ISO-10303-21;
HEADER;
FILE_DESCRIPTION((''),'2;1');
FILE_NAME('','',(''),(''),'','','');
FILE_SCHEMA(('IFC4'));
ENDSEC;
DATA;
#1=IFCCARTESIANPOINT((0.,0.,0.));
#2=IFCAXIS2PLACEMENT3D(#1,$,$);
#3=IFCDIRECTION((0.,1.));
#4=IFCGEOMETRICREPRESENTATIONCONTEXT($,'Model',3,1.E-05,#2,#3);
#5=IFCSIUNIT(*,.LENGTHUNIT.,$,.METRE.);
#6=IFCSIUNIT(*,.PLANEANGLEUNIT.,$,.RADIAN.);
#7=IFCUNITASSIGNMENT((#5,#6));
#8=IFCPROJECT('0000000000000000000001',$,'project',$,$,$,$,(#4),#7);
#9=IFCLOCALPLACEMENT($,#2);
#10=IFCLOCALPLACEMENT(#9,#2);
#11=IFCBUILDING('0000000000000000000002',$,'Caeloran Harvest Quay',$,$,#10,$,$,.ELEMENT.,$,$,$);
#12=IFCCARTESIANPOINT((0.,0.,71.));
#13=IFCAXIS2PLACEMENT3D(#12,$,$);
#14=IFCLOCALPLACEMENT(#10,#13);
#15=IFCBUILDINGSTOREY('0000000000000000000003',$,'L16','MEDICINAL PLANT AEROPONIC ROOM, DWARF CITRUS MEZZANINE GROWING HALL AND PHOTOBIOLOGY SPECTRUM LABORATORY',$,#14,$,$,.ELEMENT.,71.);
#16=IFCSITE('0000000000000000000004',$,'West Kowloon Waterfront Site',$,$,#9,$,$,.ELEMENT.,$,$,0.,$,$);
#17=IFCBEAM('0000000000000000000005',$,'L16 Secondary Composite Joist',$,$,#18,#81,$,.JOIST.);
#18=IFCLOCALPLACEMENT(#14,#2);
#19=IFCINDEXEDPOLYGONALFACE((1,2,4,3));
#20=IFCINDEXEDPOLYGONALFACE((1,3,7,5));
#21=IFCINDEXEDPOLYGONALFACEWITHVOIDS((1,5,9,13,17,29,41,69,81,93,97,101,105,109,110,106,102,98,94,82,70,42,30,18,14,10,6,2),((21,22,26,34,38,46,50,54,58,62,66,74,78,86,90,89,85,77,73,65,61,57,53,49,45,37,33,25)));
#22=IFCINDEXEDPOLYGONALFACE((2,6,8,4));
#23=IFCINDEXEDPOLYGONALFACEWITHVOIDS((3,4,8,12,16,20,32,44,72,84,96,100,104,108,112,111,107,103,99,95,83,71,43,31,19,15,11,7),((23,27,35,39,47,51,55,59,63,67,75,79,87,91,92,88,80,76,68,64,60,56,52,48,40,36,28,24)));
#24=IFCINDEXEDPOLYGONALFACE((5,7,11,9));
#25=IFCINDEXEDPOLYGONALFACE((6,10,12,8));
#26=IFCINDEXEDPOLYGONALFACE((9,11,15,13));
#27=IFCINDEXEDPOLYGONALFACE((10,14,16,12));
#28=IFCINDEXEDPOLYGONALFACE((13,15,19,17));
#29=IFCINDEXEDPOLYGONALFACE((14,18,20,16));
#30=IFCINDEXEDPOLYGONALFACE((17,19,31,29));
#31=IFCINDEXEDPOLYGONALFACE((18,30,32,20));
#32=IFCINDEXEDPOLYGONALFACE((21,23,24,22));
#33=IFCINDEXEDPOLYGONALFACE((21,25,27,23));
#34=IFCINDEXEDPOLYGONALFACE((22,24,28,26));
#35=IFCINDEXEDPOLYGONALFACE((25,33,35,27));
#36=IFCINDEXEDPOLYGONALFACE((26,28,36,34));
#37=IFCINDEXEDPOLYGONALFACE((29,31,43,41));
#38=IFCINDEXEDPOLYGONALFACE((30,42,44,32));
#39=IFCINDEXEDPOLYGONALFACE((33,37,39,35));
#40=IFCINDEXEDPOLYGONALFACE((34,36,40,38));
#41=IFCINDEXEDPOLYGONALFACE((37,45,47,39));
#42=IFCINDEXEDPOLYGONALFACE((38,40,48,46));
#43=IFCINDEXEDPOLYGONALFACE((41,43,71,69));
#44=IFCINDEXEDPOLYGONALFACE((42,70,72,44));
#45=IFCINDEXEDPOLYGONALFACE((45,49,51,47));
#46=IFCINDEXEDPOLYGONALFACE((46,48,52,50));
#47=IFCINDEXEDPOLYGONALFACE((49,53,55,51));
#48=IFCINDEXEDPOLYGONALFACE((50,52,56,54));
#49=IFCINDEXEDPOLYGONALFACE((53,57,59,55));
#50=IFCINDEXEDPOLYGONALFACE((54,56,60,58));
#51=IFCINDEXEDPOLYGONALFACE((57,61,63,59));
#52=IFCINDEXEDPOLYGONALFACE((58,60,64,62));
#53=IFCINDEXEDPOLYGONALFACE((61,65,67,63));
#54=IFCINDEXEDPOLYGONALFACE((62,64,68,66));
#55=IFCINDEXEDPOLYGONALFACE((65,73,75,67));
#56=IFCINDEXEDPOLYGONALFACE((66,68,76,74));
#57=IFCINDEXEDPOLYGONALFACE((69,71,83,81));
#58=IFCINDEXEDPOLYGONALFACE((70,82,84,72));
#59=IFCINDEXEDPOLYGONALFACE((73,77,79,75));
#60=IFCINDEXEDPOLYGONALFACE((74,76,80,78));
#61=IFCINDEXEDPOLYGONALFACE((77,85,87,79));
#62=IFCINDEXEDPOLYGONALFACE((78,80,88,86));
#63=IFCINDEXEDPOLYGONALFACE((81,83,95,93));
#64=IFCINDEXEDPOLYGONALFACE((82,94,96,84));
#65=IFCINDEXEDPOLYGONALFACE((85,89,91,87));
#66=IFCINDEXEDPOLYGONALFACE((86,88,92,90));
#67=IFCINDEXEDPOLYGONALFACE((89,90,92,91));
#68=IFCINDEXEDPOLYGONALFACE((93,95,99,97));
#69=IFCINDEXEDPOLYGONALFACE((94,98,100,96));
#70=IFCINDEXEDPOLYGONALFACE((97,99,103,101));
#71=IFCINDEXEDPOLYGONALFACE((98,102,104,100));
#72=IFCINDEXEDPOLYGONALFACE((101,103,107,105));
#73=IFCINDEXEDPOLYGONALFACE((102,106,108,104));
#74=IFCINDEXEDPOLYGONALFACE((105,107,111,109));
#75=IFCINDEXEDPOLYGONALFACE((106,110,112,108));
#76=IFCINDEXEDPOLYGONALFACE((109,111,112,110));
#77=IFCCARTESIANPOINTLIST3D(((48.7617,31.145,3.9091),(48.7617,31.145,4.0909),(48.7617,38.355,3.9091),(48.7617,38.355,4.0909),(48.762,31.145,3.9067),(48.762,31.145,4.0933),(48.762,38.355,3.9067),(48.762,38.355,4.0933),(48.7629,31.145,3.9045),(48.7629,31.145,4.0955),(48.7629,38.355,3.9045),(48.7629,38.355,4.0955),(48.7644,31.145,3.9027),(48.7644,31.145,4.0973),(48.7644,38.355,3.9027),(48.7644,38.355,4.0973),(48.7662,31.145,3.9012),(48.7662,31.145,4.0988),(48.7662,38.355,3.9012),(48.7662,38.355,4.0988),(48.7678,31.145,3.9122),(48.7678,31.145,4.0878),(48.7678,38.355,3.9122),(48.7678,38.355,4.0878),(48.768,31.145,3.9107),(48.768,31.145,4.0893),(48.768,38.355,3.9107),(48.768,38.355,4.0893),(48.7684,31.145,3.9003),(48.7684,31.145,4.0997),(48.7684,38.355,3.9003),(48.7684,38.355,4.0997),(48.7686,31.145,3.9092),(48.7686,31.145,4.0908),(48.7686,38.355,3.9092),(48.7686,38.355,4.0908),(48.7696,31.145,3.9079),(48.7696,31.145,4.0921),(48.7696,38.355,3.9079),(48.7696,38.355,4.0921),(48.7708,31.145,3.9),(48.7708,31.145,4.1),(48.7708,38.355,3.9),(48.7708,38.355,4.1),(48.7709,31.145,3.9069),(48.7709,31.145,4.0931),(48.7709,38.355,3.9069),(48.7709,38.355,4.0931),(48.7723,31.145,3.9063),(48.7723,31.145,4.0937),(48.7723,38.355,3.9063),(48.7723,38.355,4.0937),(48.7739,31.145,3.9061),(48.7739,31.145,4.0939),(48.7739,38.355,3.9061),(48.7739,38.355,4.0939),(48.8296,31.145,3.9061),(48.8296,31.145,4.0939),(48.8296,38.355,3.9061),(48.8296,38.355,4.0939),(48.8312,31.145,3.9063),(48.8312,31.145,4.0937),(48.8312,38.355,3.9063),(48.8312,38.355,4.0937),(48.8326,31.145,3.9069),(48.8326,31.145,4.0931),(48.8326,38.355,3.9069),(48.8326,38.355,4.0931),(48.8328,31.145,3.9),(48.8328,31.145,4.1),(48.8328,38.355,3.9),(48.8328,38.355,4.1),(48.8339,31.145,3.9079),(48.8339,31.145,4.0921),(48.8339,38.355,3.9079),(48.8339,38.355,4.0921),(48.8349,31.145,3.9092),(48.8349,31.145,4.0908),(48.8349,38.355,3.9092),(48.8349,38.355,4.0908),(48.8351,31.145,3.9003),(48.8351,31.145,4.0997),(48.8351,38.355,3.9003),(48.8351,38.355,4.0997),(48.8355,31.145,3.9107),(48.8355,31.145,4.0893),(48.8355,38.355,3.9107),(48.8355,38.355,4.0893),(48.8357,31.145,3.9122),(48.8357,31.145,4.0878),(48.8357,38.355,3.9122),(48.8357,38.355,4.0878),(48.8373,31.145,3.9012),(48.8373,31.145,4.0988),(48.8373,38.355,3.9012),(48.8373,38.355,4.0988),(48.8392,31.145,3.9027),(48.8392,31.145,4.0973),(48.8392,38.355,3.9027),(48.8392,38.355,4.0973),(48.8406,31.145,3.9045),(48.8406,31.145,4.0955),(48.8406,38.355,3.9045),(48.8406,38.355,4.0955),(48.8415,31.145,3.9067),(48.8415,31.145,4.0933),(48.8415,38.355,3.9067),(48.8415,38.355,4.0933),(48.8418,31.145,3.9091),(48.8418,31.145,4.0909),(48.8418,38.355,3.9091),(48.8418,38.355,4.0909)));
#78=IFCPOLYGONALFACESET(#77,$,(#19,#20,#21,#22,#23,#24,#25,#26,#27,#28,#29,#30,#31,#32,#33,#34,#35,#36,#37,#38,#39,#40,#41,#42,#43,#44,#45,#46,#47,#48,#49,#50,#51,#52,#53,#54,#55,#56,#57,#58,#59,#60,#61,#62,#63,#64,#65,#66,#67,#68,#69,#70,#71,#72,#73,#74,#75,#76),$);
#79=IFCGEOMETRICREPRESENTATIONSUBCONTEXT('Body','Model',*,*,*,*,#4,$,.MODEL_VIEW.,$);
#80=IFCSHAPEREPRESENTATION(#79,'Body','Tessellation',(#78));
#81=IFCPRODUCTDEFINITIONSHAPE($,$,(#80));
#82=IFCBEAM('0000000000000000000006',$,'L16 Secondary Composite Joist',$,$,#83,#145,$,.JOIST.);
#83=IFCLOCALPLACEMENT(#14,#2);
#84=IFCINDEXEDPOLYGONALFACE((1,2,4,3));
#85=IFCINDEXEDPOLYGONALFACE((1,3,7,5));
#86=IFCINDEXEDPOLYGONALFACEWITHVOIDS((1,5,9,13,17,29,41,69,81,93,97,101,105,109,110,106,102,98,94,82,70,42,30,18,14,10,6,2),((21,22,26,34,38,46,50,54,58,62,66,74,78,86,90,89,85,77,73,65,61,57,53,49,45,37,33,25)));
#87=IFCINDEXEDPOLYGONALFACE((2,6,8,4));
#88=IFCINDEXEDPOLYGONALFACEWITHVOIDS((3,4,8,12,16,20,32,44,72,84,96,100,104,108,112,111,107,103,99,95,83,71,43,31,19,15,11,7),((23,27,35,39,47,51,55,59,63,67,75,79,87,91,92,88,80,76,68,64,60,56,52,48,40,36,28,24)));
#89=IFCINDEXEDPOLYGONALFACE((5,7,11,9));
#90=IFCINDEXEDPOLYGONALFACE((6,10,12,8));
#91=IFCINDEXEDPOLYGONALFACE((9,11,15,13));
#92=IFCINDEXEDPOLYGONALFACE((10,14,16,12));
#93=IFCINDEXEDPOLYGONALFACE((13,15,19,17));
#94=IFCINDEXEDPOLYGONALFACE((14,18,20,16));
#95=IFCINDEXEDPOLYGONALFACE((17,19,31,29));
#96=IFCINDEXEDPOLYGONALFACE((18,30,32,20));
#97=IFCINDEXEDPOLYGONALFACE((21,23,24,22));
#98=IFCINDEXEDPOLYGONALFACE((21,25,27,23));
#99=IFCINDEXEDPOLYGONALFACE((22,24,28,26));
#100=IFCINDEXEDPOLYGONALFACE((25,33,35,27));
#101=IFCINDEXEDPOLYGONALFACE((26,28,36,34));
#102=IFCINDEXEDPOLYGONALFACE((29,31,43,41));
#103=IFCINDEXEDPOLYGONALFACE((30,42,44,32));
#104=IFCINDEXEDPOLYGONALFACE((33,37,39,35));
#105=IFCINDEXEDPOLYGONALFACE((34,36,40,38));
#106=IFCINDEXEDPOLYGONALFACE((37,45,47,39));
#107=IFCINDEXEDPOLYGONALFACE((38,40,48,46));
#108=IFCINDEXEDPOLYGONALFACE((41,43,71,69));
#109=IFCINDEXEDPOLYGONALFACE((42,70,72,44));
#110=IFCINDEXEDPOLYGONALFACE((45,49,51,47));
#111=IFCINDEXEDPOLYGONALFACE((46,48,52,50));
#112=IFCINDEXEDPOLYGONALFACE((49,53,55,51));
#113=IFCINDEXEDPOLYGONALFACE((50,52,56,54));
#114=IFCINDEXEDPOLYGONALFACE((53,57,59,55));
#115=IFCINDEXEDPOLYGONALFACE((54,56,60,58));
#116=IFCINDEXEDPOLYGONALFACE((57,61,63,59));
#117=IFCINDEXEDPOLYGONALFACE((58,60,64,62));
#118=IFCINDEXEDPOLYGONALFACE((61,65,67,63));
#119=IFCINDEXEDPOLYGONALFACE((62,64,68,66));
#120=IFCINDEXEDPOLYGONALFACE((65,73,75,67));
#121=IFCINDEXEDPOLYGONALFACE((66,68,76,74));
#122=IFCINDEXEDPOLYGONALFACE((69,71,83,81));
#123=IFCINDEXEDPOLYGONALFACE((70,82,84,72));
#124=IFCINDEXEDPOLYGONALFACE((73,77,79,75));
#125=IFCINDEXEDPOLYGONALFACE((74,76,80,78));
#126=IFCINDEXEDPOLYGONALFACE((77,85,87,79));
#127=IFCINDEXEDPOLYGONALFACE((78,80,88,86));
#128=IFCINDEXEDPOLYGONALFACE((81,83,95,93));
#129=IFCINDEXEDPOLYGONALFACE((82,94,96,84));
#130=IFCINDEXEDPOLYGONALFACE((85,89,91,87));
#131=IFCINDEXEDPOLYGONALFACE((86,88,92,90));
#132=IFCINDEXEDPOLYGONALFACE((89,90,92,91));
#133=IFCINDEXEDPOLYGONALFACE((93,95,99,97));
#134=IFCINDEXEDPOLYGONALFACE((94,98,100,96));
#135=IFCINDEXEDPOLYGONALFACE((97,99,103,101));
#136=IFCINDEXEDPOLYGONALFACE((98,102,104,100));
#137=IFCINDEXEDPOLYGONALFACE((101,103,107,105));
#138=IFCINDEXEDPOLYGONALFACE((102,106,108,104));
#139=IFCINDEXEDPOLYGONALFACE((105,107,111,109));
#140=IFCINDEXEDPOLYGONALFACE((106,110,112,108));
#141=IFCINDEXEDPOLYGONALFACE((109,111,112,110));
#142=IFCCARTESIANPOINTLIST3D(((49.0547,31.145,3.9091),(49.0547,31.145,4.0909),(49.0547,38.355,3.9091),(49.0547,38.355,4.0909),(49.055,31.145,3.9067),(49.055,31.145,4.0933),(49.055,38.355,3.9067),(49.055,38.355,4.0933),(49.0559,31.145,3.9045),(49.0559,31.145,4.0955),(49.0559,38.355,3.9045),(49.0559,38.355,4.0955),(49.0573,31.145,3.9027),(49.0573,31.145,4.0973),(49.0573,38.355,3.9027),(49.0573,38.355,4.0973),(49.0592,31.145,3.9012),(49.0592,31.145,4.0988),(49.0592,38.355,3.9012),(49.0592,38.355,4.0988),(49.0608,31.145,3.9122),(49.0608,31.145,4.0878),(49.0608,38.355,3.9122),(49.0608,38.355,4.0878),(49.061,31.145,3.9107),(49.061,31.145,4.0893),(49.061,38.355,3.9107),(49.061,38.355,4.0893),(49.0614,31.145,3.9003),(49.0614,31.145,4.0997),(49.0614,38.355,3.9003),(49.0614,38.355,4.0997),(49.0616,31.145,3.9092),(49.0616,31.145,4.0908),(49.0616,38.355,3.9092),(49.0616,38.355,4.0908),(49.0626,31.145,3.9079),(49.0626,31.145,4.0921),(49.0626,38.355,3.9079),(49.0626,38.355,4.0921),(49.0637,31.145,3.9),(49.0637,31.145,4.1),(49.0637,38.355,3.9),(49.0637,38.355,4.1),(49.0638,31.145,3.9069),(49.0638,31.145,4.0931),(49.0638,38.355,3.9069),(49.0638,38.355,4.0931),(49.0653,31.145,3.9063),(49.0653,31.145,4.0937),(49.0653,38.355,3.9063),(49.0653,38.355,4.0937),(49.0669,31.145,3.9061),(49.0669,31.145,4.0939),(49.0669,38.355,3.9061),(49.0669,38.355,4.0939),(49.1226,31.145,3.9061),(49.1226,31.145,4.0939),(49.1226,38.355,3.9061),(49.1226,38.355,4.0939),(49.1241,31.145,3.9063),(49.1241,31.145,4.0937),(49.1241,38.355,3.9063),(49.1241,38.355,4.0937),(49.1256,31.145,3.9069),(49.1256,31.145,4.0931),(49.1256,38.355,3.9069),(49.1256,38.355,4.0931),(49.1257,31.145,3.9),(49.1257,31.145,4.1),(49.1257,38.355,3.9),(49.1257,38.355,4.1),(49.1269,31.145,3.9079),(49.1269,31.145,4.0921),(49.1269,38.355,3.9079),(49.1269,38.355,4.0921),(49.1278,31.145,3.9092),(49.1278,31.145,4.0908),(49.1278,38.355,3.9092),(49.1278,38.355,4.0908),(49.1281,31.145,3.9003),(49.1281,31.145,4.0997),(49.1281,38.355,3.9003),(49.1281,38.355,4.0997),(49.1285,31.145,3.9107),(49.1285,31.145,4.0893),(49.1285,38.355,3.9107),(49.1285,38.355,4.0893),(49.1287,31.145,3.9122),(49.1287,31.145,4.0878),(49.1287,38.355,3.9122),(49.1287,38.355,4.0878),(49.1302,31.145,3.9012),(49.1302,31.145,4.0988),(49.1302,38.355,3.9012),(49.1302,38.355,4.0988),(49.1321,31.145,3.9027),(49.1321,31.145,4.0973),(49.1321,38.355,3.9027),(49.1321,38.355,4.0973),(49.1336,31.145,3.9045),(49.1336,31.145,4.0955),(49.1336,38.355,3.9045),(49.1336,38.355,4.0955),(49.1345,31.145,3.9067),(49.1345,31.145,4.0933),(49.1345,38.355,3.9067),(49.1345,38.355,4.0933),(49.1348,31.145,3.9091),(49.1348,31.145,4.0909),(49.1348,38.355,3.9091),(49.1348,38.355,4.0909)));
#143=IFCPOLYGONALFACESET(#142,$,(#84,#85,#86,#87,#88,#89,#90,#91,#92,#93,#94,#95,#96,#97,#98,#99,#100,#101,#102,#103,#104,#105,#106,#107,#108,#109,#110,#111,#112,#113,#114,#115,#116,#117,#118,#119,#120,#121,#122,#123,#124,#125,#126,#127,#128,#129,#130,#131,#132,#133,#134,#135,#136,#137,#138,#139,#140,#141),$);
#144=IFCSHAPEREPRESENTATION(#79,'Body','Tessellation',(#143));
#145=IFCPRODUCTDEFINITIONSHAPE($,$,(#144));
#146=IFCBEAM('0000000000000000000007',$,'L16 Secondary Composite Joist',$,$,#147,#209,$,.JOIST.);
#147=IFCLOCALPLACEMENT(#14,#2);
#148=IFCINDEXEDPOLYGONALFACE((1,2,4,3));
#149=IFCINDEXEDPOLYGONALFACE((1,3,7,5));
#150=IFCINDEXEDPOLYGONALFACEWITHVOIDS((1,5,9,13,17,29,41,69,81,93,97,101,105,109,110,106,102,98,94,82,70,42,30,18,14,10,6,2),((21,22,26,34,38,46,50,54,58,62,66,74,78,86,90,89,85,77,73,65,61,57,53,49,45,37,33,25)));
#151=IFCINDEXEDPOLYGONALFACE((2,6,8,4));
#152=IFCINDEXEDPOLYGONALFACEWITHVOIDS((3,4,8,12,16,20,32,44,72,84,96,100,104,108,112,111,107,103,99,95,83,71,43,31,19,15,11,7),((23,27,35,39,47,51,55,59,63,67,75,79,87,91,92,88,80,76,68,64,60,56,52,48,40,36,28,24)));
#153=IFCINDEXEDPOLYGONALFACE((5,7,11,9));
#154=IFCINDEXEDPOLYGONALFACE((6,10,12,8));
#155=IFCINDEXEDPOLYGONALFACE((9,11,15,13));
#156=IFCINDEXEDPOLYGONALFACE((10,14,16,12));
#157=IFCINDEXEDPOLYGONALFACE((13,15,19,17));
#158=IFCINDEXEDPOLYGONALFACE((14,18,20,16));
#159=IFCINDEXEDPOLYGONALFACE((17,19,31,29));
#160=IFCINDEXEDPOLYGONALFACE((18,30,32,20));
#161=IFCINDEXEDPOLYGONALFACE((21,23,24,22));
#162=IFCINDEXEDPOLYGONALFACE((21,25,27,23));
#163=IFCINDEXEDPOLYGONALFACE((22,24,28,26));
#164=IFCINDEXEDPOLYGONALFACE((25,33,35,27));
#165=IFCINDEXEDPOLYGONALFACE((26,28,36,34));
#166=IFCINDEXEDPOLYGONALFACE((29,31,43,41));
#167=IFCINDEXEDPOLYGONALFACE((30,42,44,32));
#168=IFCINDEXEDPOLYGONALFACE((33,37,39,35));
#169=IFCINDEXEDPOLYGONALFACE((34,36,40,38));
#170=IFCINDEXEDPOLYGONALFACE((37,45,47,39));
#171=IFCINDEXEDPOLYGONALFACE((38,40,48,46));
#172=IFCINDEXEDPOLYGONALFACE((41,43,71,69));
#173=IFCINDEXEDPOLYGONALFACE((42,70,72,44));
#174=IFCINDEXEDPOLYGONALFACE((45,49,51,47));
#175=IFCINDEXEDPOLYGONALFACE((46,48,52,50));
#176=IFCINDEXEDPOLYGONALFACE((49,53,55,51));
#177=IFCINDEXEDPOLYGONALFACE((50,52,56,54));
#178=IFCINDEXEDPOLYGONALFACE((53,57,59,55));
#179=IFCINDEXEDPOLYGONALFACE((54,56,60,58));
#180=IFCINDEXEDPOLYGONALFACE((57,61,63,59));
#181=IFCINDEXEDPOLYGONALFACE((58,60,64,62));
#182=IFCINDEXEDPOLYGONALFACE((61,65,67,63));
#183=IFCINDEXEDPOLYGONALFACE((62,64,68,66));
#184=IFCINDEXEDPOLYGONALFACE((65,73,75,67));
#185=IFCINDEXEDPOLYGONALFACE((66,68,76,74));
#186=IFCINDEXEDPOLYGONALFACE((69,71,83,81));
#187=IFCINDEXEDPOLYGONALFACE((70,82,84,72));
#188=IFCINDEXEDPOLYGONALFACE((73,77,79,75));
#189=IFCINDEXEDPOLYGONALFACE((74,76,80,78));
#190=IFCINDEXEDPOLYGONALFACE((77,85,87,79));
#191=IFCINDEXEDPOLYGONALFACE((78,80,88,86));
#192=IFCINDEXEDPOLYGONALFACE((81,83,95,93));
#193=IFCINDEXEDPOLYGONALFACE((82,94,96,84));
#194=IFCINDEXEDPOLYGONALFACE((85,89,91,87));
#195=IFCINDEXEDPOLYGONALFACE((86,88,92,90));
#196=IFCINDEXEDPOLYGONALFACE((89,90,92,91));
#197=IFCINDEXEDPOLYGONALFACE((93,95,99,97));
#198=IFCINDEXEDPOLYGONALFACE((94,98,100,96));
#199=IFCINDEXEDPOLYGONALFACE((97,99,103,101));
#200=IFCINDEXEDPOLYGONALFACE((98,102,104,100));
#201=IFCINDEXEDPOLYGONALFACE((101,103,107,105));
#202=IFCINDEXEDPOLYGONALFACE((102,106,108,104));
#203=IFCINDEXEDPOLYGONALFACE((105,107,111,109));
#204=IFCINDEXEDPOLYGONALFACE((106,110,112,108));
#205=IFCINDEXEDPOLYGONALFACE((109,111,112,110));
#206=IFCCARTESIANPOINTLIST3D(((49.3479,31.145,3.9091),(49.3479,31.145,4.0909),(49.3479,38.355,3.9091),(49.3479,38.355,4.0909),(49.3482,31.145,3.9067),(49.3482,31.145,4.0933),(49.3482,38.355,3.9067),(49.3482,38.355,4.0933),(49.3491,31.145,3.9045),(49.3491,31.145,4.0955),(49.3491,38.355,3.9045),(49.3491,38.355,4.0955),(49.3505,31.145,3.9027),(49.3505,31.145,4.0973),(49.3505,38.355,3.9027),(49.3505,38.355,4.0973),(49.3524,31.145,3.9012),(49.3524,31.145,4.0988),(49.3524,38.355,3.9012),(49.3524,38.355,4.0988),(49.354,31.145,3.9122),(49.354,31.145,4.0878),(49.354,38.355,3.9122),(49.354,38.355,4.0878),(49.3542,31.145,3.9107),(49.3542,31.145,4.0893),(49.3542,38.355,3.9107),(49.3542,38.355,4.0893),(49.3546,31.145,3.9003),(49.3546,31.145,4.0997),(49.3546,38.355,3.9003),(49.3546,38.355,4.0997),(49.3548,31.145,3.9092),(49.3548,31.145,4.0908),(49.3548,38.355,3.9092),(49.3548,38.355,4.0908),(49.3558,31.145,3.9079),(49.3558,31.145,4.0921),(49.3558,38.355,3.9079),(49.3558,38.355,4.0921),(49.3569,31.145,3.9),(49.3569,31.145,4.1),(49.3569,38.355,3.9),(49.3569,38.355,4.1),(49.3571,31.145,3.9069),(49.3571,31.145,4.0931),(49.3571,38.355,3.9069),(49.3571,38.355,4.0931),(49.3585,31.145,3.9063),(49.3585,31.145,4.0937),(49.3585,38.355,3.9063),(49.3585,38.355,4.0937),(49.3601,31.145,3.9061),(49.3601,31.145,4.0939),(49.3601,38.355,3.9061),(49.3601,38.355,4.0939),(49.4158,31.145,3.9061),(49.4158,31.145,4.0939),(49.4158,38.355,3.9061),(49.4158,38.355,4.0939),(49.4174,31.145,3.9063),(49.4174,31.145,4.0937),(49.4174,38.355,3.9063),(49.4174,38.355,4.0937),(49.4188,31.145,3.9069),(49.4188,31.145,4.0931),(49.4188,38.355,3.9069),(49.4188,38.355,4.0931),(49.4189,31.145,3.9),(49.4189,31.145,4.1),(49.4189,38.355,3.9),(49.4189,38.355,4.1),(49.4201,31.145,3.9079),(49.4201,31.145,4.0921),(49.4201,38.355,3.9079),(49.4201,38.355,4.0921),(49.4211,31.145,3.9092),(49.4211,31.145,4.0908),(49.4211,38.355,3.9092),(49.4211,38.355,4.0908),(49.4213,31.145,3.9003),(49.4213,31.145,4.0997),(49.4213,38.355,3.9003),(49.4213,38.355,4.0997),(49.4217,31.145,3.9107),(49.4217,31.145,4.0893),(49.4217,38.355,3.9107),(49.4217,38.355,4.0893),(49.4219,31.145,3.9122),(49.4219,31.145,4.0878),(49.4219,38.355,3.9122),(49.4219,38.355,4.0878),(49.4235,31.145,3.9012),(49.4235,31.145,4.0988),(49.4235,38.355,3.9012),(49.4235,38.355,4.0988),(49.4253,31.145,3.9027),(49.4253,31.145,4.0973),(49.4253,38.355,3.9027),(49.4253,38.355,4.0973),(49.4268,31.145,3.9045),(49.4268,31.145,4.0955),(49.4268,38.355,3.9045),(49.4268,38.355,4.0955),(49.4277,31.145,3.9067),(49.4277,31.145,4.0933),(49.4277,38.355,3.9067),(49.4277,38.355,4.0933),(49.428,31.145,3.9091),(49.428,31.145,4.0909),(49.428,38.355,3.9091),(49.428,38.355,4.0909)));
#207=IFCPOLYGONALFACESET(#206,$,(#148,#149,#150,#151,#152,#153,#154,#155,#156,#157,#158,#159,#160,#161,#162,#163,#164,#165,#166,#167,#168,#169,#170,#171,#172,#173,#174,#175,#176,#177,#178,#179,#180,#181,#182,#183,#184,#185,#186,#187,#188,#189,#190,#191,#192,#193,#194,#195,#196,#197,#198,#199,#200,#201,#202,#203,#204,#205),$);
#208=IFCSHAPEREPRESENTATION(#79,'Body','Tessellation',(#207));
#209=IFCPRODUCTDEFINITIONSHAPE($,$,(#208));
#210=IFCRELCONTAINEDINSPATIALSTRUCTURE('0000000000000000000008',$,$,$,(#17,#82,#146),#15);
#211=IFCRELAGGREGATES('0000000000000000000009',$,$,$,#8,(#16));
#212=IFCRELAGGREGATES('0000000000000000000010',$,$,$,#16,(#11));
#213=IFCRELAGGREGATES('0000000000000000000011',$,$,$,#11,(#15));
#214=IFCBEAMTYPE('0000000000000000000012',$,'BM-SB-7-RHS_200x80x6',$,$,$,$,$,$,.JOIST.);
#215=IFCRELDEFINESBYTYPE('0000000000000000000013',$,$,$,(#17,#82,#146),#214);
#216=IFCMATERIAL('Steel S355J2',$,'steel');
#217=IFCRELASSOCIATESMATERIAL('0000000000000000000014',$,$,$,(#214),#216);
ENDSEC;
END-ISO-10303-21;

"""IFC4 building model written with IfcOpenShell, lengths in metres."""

from ifc_helpers import new_model, si_unit, direction, frame, origin, origin_2d, place, context, subcontext, project, spatial, hollow_rectangle, extrude, material, material_profile, profile_set, type_object, element, save


model = new_model("IFC4")

# Units and contexts
model_context = context("Model", 3, precision=1e-05, world=origin(), true_north=direction((0.0, 1.0)))
body_context = subcontext(model_context, "Body", "Model", "MODEL_VIEW")
ifc_project = project(units=[si_unit("LENGTHUNIT", "METRE"), si_unit("PLANEANGLEUNIT", "RADIAN")], contexts=[model_context])

# Site, building, storey
site_placement = place(None, origin())
site = spatial("IfcSite", under=ifc_project, at=site_placement, Name="West Kowloon Waterfront Site", CompositionType="ELEMENT", RefElevation=0.0)
building_placement = place(site_placement, origin())
building = spatial("IfcBuilding", under=site, at=building_placement, Name="Caeloran Harvest Quay", CompositionType="ELEMENT")
storey_placement = place(building_placement, frame((0.0, 0.0, 71.0)))
storey = spatial("IfcBuildingStorey", under=building, at=storey_placement, Name="L16", Description="MEDICINAL PLANT AEROPONIC ROOM, DWARF CITRUS MEZZANINE GROWING HALL AND PHOTOBIOLOGY SPECTRUM LABORATORY", CompositionType="ELEMENT", Elevation=71.0)

# Beams
ifc_material_1 = material(Name="Steel S355J2", Category="steel")
ifc_material_profile_1 = material_profile(ifc_material_1, hollow_rectangle(XDim=0.0801, YDim=0.2, WallThickness=0.0061, InnerFilletRadius=0.0061, OuterFilletRadius=0.009, at=origin_2d()), Name="RHS 200x80x6")
ifc_profile_set_1 = profile_set([ifc_material_profile_1], Name="Steel S355J2")
beam_type_1 = type_object("IfcBeamType", Name="BM-SB-7-RHS_200x80x6", PredefinedType="JOIST", material=ifc_profile_set_1)
for number, where, z_axis, x_axis, name in (
    (1, (48.8018, 31.145, 4.0), (0.0, 1.0, 0.0), (-1.0, 0.0, 0.0), "L16 Secondary Composite Joist"),
    (2, (49.0947, 31.145, 4.0), (0.0, 1.0, 0.0), (-1.0, 0.0, 0.0), "L16 Secondary Composite Joist"),
    (3, (49.3879, 31.145, 4.0), (0.0, 1.0, 0.0), (-1.0, 0.0, 0.0), "L16 Secondary Composite Joist"),
):
    element("IfcBeam", number, at=place(storey_placement, frame(where, z_axis=z_axis, x_axis=x_axis)), inside=storey, type_object=beam_type_1, Name=name, PredefinedType="JOIST", context=body_context, shape_type="SweptSolid", body=[
        extrude(hollow_rectangle(XDim=0.0801, YDim=0.2, WallThickness=0.0061, InnerFilletRadius=0.0061, OuterFilletRadius=0.009, at=origin_2d()), origin(), (0.0, 0.0, 1.0), 7.21),
    ])

save(model, "model.ifc")
